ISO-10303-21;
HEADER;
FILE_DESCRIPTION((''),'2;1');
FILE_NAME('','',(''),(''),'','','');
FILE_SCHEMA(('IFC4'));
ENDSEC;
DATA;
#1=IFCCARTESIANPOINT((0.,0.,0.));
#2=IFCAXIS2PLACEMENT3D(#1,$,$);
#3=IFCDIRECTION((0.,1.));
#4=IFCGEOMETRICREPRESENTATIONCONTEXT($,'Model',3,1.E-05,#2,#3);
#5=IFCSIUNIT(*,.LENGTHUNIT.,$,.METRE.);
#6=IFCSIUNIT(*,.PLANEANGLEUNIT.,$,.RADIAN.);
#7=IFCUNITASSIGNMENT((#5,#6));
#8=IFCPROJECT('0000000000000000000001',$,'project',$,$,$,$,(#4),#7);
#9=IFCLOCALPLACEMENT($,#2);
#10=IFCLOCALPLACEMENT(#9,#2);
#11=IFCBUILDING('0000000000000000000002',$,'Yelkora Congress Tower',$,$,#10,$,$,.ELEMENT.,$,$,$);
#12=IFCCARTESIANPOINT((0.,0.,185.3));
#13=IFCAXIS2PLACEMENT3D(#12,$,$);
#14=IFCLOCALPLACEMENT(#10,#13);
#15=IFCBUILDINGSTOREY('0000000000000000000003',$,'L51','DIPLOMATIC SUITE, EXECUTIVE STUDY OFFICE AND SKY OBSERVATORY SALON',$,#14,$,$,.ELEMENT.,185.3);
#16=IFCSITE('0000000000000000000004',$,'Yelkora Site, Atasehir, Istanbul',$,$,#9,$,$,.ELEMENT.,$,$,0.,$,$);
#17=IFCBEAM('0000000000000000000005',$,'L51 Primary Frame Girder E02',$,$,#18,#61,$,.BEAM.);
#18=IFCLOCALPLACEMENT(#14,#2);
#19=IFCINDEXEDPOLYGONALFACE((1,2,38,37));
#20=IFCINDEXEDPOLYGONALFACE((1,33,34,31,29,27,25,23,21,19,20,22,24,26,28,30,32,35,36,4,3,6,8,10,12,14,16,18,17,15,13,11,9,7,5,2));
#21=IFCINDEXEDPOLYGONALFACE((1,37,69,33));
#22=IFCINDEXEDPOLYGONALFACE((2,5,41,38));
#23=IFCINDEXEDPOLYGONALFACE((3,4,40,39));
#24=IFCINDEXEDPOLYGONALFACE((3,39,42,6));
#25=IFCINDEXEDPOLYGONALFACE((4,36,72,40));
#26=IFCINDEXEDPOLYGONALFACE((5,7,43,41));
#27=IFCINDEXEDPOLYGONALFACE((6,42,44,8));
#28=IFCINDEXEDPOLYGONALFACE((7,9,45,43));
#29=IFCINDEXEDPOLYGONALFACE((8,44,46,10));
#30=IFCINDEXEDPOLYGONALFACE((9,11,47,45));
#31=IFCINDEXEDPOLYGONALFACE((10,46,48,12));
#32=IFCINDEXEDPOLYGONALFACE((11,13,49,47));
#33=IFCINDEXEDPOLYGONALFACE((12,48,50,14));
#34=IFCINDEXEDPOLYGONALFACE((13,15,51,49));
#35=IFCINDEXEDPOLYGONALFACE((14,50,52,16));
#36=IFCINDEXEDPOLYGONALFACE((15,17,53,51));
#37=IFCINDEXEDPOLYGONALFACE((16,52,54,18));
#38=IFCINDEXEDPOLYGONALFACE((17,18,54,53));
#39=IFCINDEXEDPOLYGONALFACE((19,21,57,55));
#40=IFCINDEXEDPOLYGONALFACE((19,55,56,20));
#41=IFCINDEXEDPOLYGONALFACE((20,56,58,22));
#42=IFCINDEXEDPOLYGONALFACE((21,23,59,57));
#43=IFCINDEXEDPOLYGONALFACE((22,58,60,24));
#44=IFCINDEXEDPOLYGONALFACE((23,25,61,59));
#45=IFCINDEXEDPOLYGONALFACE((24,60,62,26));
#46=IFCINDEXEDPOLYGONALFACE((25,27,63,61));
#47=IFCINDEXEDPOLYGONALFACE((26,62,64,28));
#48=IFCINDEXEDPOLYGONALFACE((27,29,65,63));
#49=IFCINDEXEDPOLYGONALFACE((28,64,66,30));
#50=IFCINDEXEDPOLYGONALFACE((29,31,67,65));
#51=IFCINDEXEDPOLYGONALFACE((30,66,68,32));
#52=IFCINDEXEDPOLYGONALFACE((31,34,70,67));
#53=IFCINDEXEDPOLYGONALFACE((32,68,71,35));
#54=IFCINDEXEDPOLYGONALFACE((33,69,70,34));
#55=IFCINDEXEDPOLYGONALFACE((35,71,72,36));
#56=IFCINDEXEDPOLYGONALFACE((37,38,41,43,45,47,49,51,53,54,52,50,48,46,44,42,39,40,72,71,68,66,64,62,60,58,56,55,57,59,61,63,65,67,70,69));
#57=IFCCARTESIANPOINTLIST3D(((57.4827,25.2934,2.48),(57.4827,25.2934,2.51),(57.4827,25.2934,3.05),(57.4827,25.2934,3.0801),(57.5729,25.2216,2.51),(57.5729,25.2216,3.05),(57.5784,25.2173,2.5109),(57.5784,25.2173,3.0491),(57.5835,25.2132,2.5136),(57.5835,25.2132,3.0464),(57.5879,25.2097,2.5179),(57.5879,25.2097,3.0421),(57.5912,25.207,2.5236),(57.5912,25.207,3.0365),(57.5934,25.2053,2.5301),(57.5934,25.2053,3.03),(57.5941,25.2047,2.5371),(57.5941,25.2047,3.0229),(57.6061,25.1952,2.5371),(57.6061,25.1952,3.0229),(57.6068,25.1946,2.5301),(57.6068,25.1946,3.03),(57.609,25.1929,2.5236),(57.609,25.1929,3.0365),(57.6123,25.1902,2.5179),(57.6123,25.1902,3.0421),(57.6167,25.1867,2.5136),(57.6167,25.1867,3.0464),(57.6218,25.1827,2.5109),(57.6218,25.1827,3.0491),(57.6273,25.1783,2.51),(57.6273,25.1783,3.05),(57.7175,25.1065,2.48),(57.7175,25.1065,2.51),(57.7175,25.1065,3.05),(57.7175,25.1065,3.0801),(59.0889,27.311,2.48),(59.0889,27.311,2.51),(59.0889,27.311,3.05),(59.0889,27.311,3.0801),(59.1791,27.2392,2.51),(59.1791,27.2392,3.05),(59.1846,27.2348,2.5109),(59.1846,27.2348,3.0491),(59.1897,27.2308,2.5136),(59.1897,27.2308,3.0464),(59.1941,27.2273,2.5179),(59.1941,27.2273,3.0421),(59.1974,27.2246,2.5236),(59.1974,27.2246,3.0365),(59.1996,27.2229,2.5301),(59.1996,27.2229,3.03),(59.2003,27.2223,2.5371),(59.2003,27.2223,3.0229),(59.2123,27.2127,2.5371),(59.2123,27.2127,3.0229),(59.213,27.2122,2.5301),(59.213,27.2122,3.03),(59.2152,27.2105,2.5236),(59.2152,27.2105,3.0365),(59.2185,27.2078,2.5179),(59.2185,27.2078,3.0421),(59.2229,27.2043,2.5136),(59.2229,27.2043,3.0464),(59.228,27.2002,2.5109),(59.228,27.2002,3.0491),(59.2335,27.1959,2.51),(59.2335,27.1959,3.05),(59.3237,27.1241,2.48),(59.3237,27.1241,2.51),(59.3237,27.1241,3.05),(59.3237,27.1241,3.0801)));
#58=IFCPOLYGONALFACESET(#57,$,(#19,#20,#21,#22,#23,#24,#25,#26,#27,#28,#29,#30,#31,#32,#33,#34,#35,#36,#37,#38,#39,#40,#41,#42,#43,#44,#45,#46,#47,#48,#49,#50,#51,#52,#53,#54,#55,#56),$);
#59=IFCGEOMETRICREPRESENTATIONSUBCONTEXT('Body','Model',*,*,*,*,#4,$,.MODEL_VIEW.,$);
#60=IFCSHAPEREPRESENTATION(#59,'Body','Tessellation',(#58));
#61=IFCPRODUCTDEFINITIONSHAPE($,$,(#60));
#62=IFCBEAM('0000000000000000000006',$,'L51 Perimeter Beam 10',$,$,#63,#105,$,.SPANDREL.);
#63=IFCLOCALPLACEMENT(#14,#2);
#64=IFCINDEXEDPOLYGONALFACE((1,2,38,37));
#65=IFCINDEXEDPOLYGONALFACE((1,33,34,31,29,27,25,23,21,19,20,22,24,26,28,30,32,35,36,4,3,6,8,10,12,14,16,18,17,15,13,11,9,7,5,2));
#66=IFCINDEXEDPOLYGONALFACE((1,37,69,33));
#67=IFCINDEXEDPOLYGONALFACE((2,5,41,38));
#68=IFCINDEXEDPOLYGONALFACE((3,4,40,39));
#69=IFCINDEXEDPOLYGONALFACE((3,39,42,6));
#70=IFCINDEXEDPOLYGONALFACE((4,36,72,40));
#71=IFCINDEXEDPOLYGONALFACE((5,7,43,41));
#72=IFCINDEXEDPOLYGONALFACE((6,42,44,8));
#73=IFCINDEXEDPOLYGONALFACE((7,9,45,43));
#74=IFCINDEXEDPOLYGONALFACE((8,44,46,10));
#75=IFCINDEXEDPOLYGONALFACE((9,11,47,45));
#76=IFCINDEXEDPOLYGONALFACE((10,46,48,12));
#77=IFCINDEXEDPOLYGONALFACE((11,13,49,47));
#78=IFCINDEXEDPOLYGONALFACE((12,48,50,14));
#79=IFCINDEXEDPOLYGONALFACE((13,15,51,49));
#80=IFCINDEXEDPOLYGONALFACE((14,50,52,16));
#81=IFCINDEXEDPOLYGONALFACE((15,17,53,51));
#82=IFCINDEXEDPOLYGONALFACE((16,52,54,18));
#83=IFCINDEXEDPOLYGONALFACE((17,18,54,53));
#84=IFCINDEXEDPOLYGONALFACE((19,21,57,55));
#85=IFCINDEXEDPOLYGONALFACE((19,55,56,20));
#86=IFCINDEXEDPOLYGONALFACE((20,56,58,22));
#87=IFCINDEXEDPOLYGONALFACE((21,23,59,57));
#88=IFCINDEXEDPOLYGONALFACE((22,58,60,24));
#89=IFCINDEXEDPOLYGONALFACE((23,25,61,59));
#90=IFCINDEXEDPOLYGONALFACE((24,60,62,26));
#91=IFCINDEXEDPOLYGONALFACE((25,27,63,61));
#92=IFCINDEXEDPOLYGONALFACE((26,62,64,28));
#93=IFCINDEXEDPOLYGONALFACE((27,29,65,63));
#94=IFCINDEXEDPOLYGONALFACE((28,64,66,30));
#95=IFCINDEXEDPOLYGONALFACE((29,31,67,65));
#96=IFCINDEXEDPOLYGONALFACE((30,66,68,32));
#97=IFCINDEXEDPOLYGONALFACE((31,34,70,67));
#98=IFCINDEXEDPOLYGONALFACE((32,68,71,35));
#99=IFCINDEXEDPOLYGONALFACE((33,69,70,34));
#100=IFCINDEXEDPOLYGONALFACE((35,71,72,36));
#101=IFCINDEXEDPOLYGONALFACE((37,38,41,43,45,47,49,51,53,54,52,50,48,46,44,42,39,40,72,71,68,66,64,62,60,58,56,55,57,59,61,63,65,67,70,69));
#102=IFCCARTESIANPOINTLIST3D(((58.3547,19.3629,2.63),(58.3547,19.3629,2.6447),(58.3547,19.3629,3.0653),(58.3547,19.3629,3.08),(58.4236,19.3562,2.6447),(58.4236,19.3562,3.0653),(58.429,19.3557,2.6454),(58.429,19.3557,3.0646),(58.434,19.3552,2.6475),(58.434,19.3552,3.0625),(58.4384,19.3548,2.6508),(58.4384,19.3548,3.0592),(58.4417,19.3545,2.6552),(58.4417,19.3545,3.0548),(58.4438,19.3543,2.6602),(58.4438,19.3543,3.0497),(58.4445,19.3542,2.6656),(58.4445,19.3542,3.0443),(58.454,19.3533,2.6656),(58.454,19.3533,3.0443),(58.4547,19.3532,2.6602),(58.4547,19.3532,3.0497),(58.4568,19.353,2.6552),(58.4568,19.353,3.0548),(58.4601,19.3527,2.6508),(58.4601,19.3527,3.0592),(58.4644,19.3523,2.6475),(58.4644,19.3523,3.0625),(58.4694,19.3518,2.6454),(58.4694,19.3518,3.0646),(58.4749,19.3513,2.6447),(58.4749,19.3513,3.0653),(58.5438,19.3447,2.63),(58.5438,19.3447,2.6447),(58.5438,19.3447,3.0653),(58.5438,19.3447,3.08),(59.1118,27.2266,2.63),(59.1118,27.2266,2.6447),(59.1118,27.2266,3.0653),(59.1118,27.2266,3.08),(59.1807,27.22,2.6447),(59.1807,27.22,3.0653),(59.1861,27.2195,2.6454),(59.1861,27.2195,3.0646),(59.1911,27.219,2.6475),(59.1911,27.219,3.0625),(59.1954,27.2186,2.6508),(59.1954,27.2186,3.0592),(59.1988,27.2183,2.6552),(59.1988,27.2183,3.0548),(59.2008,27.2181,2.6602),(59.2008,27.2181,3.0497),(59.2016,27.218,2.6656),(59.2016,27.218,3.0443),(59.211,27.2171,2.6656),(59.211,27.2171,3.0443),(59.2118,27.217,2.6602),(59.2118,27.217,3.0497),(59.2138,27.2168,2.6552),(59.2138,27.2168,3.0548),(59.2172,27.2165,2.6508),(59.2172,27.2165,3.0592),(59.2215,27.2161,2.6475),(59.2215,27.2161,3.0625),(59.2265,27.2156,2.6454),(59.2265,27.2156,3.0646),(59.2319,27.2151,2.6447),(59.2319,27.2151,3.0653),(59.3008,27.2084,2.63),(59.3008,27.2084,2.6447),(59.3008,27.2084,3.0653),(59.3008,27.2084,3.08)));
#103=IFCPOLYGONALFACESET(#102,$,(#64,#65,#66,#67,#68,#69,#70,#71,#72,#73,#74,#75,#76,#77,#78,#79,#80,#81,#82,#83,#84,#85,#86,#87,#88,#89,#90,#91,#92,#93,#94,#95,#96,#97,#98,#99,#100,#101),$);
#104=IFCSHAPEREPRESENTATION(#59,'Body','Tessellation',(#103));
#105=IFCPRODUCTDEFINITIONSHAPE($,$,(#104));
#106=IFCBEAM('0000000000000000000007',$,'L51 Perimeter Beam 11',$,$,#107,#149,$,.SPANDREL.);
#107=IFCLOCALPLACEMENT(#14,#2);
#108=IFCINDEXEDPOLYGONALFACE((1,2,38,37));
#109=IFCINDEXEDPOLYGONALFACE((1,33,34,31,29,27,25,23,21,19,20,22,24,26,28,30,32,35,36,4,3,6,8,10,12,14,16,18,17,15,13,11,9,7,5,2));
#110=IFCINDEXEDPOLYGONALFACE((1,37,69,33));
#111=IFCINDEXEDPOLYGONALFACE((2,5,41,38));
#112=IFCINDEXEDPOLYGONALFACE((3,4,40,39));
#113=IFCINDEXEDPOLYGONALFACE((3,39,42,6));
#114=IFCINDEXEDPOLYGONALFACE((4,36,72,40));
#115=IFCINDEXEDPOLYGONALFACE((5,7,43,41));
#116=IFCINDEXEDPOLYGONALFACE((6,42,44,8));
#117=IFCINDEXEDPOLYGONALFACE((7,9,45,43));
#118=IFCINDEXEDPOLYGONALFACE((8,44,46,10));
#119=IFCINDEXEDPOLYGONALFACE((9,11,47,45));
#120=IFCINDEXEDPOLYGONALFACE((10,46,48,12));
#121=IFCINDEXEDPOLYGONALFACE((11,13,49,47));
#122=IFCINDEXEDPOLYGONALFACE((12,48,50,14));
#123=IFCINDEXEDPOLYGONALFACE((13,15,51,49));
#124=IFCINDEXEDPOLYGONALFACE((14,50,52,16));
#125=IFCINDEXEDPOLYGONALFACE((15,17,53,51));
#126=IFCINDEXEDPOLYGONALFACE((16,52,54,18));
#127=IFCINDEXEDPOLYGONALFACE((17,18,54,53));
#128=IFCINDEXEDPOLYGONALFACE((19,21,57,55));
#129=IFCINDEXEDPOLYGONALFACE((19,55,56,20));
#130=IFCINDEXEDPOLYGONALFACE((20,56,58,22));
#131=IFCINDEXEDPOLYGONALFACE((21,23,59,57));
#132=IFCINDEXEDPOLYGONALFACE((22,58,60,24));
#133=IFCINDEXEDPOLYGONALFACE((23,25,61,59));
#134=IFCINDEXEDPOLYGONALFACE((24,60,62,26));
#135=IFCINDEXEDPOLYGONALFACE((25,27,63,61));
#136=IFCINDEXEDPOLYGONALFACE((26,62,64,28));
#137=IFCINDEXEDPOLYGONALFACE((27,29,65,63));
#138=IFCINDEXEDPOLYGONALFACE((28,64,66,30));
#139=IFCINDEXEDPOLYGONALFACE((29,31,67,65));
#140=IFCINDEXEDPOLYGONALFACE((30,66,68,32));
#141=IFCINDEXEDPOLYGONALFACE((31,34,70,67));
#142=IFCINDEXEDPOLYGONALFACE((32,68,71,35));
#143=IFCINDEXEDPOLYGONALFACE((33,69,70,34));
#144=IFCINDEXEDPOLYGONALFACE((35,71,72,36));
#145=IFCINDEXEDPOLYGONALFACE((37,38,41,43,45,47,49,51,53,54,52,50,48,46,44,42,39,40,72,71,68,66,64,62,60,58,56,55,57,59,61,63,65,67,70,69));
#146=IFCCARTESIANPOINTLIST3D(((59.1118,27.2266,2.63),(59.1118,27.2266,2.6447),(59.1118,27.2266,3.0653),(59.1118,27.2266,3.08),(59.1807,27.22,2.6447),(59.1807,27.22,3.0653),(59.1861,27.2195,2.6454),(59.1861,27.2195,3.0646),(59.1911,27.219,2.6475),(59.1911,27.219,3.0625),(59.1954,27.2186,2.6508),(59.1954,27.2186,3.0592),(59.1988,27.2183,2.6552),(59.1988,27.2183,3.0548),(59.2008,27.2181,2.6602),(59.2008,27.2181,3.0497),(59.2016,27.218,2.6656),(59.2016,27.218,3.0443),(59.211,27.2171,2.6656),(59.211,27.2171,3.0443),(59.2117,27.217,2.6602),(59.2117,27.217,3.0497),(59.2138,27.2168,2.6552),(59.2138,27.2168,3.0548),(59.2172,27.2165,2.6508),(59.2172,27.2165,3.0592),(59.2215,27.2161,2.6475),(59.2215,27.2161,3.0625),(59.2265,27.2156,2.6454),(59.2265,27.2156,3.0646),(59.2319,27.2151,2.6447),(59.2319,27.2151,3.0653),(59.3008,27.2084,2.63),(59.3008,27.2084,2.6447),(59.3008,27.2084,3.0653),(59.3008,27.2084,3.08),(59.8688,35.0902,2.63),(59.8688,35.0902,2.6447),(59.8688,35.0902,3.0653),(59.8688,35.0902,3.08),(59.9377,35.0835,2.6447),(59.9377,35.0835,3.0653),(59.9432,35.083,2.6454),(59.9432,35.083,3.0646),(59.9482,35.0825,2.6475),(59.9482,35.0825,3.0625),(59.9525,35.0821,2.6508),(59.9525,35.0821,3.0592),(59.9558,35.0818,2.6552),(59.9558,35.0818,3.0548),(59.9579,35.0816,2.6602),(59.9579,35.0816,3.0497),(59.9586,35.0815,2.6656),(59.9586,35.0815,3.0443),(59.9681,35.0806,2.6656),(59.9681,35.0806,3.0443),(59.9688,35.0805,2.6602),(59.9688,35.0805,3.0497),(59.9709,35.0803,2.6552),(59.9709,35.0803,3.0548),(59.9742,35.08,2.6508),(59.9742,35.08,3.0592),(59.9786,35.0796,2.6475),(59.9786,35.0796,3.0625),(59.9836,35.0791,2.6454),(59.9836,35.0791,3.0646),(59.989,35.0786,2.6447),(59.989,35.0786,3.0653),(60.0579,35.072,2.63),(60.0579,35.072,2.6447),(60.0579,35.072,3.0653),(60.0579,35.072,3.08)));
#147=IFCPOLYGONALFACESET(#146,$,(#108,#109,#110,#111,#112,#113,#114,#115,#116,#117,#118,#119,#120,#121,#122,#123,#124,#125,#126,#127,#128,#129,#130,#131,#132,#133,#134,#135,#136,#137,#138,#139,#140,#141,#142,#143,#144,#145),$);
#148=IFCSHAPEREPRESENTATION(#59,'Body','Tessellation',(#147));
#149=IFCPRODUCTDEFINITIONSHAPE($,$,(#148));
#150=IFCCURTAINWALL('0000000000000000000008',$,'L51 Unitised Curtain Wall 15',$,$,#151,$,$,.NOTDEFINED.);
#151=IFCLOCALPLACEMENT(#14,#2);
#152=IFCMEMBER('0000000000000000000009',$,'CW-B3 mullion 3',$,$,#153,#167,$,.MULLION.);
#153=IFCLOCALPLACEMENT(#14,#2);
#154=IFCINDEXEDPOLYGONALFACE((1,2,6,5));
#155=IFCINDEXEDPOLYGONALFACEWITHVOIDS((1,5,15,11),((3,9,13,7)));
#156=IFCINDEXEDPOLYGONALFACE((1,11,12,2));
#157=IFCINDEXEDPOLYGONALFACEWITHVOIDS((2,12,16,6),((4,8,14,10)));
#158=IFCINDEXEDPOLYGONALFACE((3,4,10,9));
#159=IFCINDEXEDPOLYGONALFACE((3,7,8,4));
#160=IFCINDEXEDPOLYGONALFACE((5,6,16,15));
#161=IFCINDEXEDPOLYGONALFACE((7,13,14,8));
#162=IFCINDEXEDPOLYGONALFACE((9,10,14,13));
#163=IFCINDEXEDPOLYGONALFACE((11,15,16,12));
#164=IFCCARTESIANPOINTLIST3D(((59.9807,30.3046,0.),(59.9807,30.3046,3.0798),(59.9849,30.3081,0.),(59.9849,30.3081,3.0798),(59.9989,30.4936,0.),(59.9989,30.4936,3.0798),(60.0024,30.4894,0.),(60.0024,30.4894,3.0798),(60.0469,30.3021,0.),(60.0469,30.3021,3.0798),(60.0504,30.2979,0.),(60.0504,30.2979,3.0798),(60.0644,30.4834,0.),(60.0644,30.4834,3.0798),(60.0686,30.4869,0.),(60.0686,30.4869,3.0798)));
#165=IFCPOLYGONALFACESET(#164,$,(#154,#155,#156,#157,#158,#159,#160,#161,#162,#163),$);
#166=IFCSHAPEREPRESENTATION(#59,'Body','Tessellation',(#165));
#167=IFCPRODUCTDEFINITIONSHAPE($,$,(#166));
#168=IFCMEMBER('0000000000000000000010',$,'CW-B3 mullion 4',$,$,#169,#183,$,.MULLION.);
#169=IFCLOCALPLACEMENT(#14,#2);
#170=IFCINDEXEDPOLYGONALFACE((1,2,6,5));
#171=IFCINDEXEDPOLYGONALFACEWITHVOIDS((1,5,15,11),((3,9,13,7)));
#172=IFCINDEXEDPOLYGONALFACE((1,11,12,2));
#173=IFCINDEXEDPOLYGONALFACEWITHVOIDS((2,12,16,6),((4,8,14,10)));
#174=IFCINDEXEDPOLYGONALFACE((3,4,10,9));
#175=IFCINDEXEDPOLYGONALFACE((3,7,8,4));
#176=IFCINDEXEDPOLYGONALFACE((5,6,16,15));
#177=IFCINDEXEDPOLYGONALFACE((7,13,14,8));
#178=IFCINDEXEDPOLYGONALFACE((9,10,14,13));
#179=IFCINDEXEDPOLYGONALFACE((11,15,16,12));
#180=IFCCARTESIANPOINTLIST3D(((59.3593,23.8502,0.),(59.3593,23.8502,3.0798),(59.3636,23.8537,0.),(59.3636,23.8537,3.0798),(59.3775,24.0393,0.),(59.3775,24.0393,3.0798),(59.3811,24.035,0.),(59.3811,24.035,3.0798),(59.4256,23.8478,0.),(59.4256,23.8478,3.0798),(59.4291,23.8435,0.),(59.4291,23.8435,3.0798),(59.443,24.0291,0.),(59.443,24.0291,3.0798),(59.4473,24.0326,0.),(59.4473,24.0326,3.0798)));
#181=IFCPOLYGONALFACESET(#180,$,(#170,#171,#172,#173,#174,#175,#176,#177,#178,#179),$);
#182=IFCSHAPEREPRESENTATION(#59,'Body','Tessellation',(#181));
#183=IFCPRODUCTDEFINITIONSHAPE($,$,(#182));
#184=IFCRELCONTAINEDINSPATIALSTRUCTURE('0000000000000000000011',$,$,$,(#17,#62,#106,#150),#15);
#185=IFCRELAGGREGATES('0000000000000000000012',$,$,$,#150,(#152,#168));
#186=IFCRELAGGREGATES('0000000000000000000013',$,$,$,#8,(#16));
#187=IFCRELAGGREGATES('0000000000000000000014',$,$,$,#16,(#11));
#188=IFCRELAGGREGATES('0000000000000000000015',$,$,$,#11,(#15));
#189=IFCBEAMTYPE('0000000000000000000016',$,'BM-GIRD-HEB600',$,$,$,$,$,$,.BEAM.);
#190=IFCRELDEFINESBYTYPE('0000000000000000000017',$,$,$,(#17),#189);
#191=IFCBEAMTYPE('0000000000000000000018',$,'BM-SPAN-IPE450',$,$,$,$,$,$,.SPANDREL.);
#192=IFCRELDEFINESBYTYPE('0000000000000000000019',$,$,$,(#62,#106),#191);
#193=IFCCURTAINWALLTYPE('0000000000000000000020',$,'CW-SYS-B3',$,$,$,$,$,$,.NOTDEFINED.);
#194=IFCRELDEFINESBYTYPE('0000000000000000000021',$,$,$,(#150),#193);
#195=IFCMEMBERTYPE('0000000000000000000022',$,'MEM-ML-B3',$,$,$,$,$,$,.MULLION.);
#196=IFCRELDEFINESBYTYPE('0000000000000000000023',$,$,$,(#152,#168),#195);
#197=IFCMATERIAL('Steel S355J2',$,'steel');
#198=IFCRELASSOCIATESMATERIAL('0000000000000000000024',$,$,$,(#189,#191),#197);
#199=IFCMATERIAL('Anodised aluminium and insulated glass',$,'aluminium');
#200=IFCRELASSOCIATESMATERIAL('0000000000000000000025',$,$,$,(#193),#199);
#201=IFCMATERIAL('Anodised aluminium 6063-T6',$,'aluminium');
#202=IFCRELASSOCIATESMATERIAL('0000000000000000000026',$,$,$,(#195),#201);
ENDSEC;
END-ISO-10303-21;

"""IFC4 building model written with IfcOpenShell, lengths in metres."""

from ifc_helpers import new_model, si_unit, direction, frame, origin, origin_2d, place, context, subcontext, project, spatial, hollow_rectangle, i_section, extrude, material, material_profile, profile_set, type_object, element, aggregate, save


model = new_model("IFC4")

# Units and contexts
model_context = context("Model", 3, precision=1e-05, world=origin(), true_north=direction((0.0, 1.0)))
body_context = subcontext(model_context, "Body", "Model", "MODEL_VIEW")
ifc_project = project(units=[si_unit("LENGTHUNIT", "METRE"), si_unit("PLANEANGLEUNIT", "RADIAN")], contexts=[model_context])

# Site, building, storey
site_placement = place(None, origin())
site = spatial("IfcSite", under=ifc_project, at=site_placement, Name="Yelkora Site, Atasehir, Istanbul", CompositionType="ELEMENT", RefElevation=0.0)
building_placement = place(site_placement, origin())
building = spatial("IfcBuilding", under=site, at=building_placement, Name="Yelkora Congress Tower", CompositionType="ELEMENT")
storey_placement = place(building_placement, frame((0.0, 0.0, 185.3)))
storey = spatial("IfcBuildingStorey", under=building, at=storey_placement, Name="L51", Description="DIPLOMATIC SUITE, EXECUTIVE STUDY OFFICE AND SKY OBSERVATORY SALON", CompositionType="ELEMENT", Elevation=185.3)

# Beams
ifc_material_1 = material(Name="Steel S355J2", Category="steel")
ifc_material_profile_1 = material_profile(ifc_material_1, i_section(OverallWidth=0.3, OverallDepth=0.6001, WebThickness=0.0154, FlangeThickness=0.03, FilletRadius=0.0271, at=origin_2d()), Name="HEB 600")
ifc_profile_set_1 = profile_set([ifc_material_profile_1], Name="Steel S355J2")
beam_type_1 = type_object("IfcBeamType", Name="BM-GIRD-HEB600", PredefinedType="BEAM", material=ifc_profile_set_1)
beam_1_placement = place(storey_placement, frame((59.2063, 27.2175, 2.78), z_axis=(-0.622835, -0.782354, 0.0), x_axis=(0.782354, -0.622835, 0.0)))
element("IfcBeam", 1, at=beam_1_placement, inside=storey, type_object=beam_type_1, Name="L51 Primary Frame Girder E02", PredefinedType="BEAM", context=body_context, shape_type="SweptSolid", body=[
    extrude(i_section(OverallWidth=0.3, OverallDepth=0.6001, WebThickness=0.0154, FlangeThickness=0.03, FilletRadius=0.0271, at=origin_2d()), origin(), (0.0, 0.0, 1.0), 2.5789),
])
ifc_material_profile_2 = material_profile(ifc_material_1, i_section(OverallWidth=0.1899, OverallDepth=0.45, WebThickness=0.0095, FlangeThickness=0.0146, FilletRadius=0.021, at=origin_2d()), Name="IPE 450")
ifc_profile_set_2 = profile_set([ifc_material_profile_2], Name="Steel S355J2")
beam_type_2 = type_object("IfcBeamType", Name="BM-SPAN-IPE450", PredefinedType="SPANDREL", material=ifc_profile_set_2)
beam_2_placement = place(storey_placement, frame((58.4492, 19.3538, 2.855), z_axis=(0.095831, 0.995398, 0.0), x_axis=(-0.995398, 0.095831, 0.0)))
element("IfcBeam", 2, at=beam_2_placement, inside=storey, type_object=beam_type_2, Name="L51 Perimeter Beam 10", PredefinedType="SPANDREL", context=body_context, shape_type="SweptSolid", body=[
    extrude(i_section(OverallWidth=0.1899, OverallDepth=0.45, WebThickness=0.0095, FlangeThickness=0.0146, FilletRadius=0.021, at=origin_2d()), origin(), (0.0, 0.0, 1.0), 7.9001),
])
beam_3_placement = place(storey_placement, frame((59.2063, 27.2175, 2.855), z_axis=(0.095834, 0.995397, 0.0), x_axis=(-0.995397, 0.095834, 0.0)))
element("IfcBeam", 3, at=beam_3_placement, inside=storey, type_object=beam_type_2, Name="L51 Perimeter Beam 11", PredefinedType="SPANDREL", context=body_context, shape_type="SweptSolid", body=[
    extrude(i_section(OverallWidth=0.1899, OverallDepth=0.45, WebThickness=0.0095, FlangeThickness=0.0146, FilletRadius=0.021, at=origin_2d()), origin(), (0.0, 0.0, 1.0), 7.8999),
])

# Curtain wall, members
ifc_material_2 = material(Name="Anodised aluminium and insulated glass", Category="aluminium")
curtain_wall_type = type_object("IfcCurtainWallType", Name="CW-SYS-B3", PredefinedType="NOTDEFINED", material=ifc_material_2)
curtain_wall_placement = place(storey_placement, origin())
curtain_wall = element("IfcCurtainWall", 4, at=curtain_wall_placement, inside=storey, type_object=curtain_wall_type, Name="L51 Unitised Curtain Wall 15", PredefinedType="NOTDEFINED")
ifc_material_3 = material(Name="Anodised aluminium 6063-T6", Category="aluminium")
ifc_material_profile_3 = material_profile(ifc_material_3, hollow_rectangle(XDim=0.0701, YDim=0.1899, WallThickness=0.0039, at=origin_2d()), Name="ALU 70x190x4")
ifc_profile_set_3 = profile_set([ifc_material_profile_3], Name="Anodised aluminium 6063-T6")
member_type_1 = type_object("IfcMemberType", Name="MEM-ML-B3", PredefinedType="MULLION", material=ifc_profile_set_3)
member_1_placement = place(storey_placement, frame((60.0247, 30.3958, 0.0), z_axis=(0.0, 0.0, 1.0), x_axis=(0.995397, -0.095842, 0.0)))
member_1 = element("IfcMember", 5, at=member_1_placement, type_object=member_type_1, Name="CW-B3 mullion 3", PredefinedType="MULLION", context=body_context, shape_type="SweptSolid", body=[
    extrude(hollow_rectangle(XDim=0.0701, YDim=0.1899, WallThickness=0.0039, at=origin_2d()), origin(), (0.0, 0.0, 1.0), 3.0798),
])
member_2_placement = place(storey_placement, frame((59.4033, 23.9414, 0.0), z_axis=(0.0, 0.0, 1.0), x_axis=(0.995397, -0.095842, 0.0)))
member_2 = element("IfcMember", 6, at=member_2_placement, type_object=member_type_1, Name="CW-B3 mullion 4", PredefinedType="MULLION", context=body_context, shape_type="SweptSolid", body=[
    extrude(hollow_rectangle(XDim=0.0701, YDim=0.1899, WallThickness=0.0039, at=origin_2d()), origin(), (0.0, 0.0, 1.0), 3.0798),
])
aggregate(curtain_wall, [member_1, member_2])

save(model, "model.ifc")
